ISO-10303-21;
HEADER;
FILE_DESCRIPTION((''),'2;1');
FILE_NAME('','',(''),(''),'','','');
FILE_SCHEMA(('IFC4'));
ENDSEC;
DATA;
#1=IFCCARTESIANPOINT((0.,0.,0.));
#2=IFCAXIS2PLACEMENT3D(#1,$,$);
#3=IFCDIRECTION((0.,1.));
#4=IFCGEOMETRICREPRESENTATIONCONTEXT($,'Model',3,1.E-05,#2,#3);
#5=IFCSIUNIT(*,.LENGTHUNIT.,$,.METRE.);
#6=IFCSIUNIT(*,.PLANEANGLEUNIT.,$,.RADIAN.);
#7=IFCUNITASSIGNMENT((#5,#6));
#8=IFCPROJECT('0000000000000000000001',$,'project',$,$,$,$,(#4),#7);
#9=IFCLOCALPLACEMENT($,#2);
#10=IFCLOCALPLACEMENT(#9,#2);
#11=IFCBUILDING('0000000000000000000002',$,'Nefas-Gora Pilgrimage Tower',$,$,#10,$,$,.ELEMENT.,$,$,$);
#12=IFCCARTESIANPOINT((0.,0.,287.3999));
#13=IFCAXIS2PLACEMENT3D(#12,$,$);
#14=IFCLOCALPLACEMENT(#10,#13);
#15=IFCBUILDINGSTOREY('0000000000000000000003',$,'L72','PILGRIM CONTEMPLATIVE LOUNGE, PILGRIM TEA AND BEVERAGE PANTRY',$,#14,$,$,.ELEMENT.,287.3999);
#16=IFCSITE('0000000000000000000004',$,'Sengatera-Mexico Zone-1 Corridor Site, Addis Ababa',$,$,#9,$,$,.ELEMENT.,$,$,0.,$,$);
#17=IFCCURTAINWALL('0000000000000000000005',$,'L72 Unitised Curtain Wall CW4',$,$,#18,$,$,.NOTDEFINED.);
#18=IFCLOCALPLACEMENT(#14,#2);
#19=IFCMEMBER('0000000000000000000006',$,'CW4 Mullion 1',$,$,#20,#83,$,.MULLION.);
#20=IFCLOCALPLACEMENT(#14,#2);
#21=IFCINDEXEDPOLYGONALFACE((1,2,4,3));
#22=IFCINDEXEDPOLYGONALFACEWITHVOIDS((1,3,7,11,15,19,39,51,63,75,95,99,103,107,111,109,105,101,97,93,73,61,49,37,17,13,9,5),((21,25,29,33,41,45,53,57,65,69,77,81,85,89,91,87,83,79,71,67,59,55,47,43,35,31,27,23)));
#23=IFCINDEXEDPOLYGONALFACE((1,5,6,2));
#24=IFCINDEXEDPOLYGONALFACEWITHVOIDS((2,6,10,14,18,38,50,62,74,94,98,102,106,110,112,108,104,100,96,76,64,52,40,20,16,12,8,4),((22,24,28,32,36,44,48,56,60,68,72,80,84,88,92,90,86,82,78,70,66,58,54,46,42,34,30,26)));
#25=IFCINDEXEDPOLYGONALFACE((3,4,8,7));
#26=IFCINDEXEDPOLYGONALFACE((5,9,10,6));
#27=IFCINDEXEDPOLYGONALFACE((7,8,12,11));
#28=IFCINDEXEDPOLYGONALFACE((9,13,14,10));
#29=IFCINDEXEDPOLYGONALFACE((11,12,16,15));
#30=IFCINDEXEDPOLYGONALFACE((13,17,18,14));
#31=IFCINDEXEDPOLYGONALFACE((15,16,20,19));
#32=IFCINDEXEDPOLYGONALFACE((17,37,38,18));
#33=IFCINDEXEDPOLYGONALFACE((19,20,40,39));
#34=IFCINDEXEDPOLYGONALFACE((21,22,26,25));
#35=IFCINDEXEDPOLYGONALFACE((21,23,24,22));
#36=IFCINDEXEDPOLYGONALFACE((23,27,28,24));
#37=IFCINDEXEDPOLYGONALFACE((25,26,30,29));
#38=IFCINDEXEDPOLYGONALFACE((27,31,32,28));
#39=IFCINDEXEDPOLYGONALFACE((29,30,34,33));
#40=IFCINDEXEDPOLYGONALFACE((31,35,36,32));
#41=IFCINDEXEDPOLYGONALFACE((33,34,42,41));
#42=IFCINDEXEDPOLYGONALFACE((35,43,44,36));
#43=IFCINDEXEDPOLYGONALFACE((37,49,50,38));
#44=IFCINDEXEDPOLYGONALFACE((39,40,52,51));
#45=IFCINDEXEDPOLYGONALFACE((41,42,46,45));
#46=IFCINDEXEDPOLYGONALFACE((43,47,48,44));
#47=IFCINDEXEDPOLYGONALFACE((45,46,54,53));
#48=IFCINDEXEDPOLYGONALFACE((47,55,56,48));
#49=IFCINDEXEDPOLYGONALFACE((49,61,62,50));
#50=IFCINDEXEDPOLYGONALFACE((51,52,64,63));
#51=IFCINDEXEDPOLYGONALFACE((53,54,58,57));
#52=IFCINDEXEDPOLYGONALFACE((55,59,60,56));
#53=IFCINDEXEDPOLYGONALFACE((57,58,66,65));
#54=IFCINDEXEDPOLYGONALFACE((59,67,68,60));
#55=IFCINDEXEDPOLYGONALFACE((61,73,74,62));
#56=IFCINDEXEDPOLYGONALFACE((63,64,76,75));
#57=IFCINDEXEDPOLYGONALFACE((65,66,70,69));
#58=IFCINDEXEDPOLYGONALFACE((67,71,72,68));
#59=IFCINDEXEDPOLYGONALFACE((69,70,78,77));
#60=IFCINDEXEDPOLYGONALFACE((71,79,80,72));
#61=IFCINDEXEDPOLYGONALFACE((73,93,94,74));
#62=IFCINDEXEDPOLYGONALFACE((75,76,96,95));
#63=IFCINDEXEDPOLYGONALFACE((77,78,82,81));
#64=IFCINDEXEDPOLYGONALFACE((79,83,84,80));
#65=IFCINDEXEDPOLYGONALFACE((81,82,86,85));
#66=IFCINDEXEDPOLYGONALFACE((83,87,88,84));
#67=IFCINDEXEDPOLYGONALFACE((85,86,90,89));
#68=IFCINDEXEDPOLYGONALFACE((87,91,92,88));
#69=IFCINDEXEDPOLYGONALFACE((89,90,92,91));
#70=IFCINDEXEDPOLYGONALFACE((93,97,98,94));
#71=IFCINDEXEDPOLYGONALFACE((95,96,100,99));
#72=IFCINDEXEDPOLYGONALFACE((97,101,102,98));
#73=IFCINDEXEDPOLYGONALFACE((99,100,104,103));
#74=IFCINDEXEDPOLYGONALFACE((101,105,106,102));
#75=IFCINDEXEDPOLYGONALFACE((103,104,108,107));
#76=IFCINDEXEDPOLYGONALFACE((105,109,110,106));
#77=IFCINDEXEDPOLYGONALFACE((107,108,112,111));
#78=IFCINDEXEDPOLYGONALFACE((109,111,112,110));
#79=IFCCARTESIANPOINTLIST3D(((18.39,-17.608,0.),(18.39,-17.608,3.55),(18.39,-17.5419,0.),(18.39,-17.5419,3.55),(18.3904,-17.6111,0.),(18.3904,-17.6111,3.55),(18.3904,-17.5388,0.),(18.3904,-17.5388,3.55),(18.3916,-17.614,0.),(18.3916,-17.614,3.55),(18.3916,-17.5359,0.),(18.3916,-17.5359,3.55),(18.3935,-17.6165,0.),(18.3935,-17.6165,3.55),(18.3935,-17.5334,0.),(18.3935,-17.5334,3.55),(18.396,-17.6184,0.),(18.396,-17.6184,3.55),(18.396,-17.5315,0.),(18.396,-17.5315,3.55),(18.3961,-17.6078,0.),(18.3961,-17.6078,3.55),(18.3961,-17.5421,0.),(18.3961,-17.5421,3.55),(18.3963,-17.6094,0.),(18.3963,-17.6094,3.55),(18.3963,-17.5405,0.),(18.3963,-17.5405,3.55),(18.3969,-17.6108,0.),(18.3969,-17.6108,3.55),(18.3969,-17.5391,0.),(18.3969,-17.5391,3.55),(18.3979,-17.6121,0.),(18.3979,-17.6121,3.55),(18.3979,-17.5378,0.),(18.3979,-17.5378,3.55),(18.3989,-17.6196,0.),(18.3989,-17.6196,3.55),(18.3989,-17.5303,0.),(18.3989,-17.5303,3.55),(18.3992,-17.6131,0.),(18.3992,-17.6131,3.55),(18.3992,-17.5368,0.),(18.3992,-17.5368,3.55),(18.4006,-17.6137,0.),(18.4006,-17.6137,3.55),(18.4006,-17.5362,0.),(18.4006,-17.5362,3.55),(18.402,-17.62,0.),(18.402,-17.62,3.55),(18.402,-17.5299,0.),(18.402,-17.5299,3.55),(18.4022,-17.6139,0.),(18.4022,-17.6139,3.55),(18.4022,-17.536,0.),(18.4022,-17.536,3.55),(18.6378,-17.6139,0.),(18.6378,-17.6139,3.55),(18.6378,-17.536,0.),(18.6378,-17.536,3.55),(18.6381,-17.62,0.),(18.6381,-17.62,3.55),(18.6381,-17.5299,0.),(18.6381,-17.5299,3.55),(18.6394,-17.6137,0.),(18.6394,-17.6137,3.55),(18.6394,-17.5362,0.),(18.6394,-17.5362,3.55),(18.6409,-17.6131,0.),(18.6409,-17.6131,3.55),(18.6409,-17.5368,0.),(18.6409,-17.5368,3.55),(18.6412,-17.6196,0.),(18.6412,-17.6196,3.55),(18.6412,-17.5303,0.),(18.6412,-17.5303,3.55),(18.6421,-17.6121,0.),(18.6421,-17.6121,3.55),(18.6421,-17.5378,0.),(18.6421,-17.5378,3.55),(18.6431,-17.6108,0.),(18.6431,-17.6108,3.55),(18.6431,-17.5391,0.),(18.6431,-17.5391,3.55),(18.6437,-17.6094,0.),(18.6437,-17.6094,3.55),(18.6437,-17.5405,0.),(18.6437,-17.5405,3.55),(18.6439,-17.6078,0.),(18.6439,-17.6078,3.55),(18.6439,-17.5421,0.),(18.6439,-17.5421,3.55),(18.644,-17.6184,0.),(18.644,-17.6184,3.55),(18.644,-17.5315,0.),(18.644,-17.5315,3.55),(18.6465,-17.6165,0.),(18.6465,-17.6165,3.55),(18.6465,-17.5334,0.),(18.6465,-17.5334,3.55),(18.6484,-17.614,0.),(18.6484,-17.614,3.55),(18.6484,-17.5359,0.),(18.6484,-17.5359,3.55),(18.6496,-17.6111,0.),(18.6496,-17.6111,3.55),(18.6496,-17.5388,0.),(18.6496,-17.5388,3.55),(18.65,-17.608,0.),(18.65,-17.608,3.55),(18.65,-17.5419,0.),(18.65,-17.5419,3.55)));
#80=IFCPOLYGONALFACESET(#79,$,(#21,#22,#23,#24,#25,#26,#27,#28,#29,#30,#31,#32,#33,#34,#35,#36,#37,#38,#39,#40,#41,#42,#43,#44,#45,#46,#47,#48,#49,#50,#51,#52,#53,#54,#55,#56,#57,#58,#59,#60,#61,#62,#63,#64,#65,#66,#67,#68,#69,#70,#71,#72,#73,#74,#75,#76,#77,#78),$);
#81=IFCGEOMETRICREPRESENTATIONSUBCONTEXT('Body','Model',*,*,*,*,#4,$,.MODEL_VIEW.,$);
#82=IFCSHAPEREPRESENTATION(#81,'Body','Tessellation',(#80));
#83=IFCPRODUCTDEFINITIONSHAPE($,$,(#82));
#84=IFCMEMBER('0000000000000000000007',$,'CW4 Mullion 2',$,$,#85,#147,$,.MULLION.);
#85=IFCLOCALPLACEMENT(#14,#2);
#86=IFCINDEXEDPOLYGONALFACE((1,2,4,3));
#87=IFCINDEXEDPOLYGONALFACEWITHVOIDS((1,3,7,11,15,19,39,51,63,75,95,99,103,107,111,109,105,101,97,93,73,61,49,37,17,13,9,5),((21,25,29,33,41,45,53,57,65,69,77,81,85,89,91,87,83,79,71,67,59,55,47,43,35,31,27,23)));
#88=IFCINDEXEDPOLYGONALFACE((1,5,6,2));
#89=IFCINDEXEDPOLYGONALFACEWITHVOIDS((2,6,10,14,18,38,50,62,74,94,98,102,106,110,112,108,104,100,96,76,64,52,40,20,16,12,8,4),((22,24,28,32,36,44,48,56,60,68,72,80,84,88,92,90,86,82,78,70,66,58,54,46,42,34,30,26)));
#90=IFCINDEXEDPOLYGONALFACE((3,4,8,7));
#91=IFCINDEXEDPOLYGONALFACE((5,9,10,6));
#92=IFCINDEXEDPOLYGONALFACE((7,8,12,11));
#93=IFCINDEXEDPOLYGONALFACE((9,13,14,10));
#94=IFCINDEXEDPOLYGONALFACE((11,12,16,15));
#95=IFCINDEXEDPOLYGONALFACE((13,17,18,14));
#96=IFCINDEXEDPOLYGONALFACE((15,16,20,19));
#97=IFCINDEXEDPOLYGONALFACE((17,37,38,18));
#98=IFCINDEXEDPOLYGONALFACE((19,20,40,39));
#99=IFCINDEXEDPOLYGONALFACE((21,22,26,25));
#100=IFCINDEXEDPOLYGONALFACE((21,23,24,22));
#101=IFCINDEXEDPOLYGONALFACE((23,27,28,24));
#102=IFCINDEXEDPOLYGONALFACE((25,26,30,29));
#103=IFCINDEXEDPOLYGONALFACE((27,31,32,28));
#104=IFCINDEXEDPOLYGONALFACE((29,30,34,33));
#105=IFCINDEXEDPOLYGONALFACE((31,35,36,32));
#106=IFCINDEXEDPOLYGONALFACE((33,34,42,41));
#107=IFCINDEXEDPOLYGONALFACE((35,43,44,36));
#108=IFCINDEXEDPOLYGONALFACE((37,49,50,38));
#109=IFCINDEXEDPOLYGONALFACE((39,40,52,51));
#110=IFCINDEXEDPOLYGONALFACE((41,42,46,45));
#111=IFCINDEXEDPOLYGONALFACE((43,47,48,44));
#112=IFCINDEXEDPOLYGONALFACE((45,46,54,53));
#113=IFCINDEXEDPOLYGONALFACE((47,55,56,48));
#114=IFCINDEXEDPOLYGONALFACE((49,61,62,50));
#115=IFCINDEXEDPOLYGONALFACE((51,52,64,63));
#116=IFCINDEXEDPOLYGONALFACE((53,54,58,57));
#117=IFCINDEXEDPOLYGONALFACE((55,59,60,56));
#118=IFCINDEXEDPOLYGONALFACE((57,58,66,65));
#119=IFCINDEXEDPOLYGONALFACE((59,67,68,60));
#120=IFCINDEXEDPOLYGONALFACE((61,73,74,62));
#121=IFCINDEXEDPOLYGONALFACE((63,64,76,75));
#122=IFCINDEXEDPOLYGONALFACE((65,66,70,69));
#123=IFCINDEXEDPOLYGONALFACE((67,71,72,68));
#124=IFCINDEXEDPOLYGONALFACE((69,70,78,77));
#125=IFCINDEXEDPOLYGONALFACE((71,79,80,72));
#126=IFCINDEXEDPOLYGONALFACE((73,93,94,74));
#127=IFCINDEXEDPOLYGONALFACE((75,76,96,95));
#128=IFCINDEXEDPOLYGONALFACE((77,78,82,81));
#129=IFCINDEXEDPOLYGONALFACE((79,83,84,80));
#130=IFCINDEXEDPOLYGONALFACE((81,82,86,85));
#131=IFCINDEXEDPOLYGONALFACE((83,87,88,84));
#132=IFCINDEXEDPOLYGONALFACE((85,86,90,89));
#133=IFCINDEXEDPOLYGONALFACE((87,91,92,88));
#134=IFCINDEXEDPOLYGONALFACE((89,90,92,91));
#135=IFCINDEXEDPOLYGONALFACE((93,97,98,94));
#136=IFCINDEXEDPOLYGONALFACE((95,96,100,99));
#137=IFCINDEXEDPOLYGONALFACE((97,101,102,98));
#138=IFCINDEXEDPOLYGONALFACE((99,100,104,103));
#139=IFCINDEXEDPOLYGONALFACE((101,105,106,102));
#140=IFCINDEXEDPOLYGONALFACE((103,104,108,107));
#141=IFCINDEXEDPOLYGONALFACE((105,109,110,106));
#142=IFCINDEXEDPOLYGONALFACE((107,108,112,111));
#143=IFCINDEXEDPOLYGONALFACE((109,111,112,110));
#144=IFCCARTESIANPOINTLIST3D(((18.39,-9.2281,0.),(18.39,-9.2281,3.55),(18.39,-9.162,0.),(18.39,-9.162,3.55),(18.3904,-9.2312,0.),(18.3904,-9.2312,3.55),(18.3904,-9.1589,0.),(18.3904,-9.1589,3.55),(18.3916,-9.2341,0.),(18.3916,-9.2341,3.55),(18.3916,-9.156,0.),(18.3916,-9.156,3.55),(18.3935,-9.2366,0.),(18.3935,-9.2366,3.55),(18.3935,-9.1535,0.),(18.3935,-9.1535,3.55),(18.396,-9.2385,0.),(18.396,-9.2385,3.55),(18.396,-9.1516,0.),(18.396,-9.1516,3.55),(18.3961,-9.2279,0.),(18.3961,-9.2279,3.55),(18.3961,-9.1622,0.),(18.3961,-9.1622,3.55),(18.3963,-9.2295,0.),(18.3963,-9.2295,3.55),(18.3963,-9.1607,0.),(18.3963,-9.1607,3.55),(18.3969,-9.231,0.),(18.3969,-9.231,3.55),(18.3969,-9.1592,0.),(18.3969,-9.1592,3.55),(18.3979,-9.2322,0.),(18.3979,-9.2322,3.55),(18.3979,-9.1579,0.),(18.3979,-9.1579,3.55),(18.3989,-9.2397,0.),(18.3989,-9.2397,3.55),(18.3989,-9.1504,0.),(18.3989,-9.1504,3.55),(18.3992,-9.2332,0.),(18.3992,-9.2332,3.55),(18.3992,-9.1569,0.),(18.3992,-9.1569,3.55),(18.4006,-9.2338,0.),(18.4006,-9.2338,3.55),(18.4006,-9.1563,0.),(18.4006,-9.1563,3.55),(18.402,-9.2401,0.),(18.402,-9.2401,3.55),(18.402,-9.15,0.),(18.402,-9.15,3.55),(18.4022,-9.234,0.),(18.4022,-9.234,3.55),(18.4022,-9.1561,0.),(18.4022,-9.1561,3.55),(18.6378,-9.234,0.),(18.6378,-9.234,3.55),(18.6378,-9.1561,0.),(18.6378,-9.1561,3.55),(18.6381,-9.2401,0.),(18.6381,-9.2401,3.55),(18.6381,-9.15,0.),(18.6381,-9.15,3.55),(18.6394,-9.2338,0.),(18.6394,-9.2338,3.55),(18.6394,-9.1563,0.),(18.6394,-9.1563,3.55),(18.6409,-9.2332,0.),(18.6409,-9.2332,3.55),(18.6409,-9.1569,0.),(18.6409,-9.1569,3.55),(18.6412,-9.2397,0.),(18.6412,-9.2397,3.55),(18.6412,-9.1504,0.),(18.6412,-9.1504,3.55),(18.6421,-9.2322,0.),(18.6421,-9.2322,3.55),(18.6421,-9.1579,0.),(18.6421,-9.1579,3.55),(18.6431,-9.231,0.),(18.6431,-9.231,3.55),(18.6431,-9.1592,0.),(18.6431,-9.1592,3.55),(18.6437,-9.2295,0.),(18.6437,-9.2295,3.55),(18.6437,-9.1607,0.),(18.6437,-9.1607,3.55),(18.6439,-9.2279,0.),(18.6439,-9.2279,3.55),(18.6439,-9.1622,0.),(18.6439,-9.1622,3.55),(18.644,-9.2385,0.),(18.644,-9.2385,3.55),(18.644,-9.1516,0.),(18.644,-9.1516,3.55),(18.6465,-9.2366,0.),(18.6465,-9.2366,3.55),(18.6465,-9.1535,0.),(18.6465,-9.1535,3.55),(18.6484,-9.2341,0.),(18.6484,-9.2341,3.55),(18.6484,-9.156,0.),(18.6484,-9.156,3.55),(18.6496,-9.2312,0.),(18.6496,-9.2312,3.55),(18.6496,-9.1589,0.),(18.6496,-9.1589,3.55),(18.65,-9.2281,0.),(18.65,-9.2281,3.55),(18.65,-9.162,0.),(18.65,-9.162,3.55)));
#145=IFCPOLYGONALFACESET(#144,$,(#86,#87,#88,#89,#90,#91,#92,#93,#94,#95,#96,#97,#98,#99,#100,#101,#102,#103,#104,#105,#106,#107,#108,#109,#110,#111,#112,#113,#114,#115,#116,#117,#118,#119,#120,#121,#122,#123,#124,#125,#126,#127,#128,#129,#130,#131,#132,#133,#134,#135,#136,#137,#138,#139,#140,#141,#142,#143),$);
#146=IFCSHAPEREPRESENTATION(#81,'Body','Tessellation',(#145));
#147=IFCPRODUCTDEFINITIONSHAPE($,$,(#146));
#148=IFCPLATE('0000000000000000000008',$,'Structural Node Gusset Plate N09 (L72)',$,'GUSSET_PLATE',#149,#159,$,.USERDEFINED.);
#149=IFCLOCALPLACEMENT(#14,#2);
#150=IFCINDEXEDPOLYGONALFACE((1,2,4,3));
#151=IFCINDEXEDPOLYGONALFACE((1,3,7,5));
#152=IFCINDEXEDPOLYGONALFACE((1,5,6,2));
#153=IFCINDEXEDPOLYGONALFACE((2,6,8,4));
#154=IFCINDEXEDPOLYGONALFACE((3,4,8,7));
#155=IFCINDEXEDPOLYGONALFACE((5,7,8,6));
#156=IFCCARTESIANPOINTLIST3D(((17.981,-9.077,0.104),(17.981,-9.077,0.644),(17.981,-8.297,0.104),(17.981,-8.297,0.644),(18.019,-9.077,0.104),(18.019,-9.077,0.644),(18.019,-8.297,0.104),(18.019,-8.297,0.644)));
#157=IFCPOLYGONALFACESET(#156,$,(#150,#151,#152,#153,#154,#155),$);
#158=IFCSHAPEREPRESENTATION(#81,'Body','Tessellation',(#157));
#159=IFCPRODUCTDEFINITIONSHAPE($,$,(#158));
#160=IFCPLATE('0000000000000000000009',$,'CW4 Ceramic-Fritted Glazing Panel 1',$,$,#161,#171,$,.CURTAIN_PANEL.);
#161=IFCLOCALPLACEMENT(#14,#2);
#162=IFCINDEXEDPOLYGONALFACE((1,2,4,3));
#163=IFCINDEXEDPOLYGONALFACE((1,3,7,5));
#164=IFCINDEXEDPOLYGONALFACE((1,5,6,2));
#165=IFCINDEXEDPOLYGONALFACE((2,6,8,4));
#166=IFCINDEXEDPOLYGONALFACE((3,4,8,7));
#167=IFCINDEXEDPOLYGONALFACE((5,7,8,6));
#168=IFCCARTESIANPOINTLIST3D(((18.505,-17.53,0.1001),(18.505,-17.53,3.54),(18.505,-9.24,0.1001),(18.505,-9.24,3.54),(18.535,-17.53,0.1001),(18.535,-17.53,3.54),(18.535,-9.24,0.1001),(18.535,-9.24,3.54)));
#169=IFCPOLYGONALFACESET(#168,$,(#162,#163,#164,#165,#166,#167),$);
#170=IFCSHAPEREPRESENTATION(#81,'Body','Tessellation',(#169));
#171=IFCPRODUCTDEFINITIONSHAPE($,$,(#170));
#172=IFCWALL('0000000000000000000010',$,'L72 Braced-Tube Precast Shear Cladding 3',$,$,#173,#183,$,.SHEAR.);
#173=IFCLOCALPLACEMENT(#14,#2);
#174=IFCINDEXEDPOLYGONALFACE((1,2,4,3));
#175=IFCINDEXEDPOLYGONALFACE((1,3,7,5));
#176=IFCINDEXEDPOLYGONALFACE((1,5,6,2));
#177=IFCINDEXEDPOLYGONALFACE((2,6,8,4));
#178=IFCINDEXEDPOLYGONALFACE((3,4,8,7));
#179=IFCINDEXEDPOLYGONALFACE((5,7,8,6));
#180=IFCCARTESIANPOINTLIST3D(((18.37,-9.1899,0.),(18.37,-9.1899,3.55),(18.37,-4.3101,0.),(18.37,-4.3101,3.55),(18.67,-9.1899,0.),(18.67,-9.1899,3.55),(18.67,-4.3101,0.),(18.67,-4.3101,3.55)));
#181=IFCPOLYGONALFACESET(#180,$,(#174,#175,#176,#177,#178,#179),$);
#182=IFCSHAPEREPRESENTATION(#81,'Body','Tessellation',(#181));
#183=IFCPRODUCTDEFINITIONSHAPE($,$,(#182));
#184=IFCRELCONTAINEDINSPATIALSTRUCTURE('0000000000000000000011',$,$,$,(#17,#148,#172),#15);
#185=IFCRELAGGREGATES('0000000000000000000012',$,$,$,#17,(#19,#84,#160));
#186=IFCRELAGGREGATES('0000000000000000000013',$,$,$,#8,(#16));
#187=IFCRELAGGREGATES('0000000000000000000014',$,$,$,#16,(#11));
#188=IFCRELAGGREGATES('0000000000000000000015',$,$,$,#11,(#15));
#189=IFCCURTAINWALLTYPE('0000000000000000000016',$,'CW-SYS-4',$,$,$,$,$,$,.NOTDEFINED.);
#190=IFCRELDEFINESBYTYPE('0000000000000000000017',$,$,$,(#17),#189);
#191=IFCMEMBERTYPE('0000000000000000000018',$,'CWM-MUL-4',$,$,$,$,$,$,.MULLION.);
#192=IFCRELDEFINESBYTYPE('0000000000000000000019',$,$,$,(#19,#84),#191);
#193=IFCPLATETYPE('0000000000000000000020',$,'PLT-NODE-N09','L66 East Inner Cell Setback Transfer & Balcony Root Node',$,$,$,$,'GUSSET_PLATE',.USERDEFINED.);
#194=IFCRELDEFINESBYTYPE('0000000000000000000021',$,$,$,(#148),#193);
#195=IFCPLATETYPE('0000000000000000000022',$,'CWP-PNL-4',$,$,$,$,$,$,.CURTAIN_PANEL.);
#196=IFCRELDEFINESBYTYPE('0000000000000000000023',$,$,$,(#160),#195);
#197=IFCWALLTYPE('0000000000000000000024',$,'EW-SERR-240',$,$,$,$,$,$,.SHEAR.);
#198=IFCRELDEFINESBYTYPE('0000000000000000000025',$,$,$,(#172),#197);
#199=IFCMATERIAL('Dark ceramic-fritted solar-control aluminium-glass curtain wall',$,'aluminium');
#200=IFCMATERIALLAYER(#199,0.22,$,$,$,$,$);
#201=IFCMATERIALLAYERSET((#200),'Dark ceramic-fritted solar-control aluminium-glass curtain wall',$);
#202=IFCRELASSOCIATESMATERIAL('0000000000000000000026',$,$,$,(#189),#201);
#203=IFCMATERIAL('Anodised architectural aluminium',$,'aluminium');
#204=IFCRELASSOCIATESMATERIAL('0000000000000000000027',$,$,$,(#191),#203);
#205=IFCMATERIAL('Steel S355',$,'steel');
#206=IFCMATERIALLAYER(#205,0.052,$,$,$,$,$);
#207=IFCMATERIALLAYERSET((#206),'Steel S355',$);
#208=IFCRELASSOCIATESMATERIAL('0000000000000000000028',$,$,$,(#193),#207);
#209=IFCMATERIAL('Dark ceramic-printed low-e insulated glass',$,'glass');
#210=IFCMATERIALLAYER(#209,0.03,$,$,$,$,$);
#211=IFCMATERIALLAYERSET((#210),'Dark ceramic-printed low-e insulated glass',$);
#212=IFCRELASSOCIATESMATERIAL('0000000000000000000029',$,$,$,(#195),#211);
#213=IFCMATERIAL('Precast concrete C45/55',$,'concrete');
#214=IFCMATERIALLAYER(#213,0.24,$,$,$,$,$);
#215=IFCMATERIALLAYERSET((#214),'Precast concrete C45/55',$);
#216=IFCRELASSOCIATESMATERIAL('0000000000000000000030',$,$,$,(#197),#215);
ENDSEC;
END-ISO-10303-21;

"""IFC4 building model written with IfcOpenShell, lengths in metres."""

from ifc_helpers import new_model, si_unit, direction, frame, frame_2d, origin, origin_2d, place, context, subcontext, project, spatial, rectangle, hollow_rectangle, extrude, source, transform, mapped, material, layer, layer_set, material_profile, profile_set, type_object, element, aggregate, save


model = new_model("IFC4")

# Units and contexts
model_context = context("Model", 3, precision=1e-05, world=origin(), true_north=direction((0.0, 1.0)))
body_context = subcontext(model_context, "Body", "Model", "MODEL_VIEW")
ifc_project = project(units=[si_unit("LENGTHUNIT", "METRE"), si_unit("PLANEANGLEUNIT", "RADIAN")], contexts=[model_context])

# Site, building, storey
site_placement = place(None, origin())
site = spatial("IfcSite", under=ifc_project, at=site_placement, Name="Sengatera-Mexico Zone-1 Corridor Site, Addis Ababa", CompositionType="ELEMENT", RefElevation=0.0)
building_placement = place(site_placement, origin())
building = spatial("IfcBuilding", under=site, at=building_placement, Name="Nefas-Gora Pilgrimage Tower", CompositionType="ELEMENT")
storey_placement = place(building_placement, frame((0.0, 0.0, 287.3999)))
storey = spatial("IfcBuildingStorey", under=building, at=storey_placement, Name="L72", Description="PILGRIM CONTEMPLATIVE LOUNGE, PILGRIM TEA AND BEVERAGE PANTRY", CompositionType="ELEMENT", Elevation=287.3999)

# Shared definitions
ifc_material_1 = material(Name="Steel S355", Category="steel")

# Curtain wall, members
ifc_material_2 = material(Name="Dark ceramic-fritted solar-control aluminium-glass curtain wall", Category="aluminium")
ifc_layer_1 = layer(ifc_material_2, 0.22)
ifc_layer_set_1 = layer_set([ifc_layer_1], Name="Dark ceramic-fritted solar-control aluminium-glass curtain wall")
curtain_wall_type = type_object("IfcCurtainWallType", Name="CW-SYS-4", PredefinedType="NOTDEFINED", material=ifc_layer_set_1)
curtain_wall_placement = place(storey_placement, origin())
curtain_wall = element("IfcCurtainWall", 1, at=curtain_wall_placement, inside=storey, type_object=curtain_wall_type, Name="L72 Unitised Curtain Wall CW4", PredefinedType="NOTDEFINED")
ifc_material_3 = material(Name="Anodised architectural aluminium", Category="aluminium")
ifc_material_profile_1 = material_profile(ifc_material_3, hollow_rectangle(XDim=0.0901, YDim=0.26, WallThickness=0.0061, InnerFilletRadius=0.0061, OuterFilletRadius=0.012, at=origin_2d()), Name="ALU MULLION 90x260")
ifc_profile_set_1 = profile_set([ifc_material_profile_1], Name="Anodised architectural aluminium")
member_type_1 = type_object("IfcMemberType", Name="CWM-MUL-4", PredefinedType="MULLION", material=ifc_profile_set_1)
shared_shape_1 = source(origin(), body_context, "Body", "SweptSolid", [
    extrude(hollow_rectangle(XDim=0.0901, YDim=0.26, WallThickness=0.0061, InnerFilletRadius=0.0061, OuterFilletRadius=0.012, at=origin_2d()), origin(), (0.0, 0.0, 1.0), 3.55),
])
member_1_placement = place(storey_placement, frame((18.52, -17.575, 0.0), z_axis=(0.0, 0.0, 1.0), x_axis=(0.0, 1.0, 0.0)))
member_1 = element("IfcMember", 2, at=member_1_placement, type_object=member_type_1, Name="CW4 Mullion 1", PredefinedType="MULLION", context=body_context, shape_type="MappedRepresentation", body=[
    mapped(shared_shape_1, transform((0.0, 0.0, 0.0), x_axis=(1.0, 0.0, 0.0), y_axis=(0.0, 1.0, 0.0), z_axis=(0.0, 0.0, 1.0), scale=1.0)),
])
member_2_placement = place(storey_placement, frame((18.52, -9.1951, 0.0), z_axis=(0.0, 0.0, 1.0), x_axis=(0.0, 1.0, 0.0)))
member_2 = element("IfcMember", 3, at=member_2_placement, type_object=member_type_1, Name="CW4 Mullion 2", PredefinedType="MULLION", context=body_context, shape_type="MappedRepresentation", body=[
    mapped(shared_shape_1, transform((0.0, 0.0, 0.0), x_axis=(1.0, 0.0, 0.0), y_axis=(0.0, 1.0, 0.0), z_axis=(0.0, 0.0, 1.0), scale=1.0)),
])

# Plates
ifc_layer_2 = layer(ifc_material_1, 0.052)
ifc_layer_set_2 = layer_set([ifc_layer_2], Name="Steel S355")
plate_type_1 = type_object("IfcPlateType", Name="PLT-NODE-N09", Description="L66 East Inner Cell Setback Transfer & Balcony Root Node", ElementType="GUSSET_PLATE", PredefinedType="USERDEFINED", material=ifc_layer_set_2)
shared_shape_2 = source(origin(), body_context, "Body", "SweptSolid", [
    extrude(rectangle(XDim=0.78, YDim=0.0381, at=origin_2d()), origin(), (0.0, 0.0, 1.0), 0.54),
])
plate_1_placement = place(storey_placement, frame((18.0, -8.687, 0.104), z_axis=(0.0, 0.0, 1.0), x_axis=(0.0, 1.0, 0.0)))
element("IfcPlate", 4, at=plate_1_placement, inside=storey, type_object=plate_type_1, Name="Structural Node Gusset Plate N09 (L72)", ObjectType="GUSSET_PLATE", PredefinedType="USERDEFINED", context=body_context, shape_type="MappedRepresentation", body=[
    mapped(shared_shape_2, transform((0.0, 0.0, 0.0), x_axis=(1.0, 0.0, 0.0), y_axis=(0.0, 1.0, 0.0), z_axis=(0.0, 0.0, 1.0), scale=1.0)),
])
ifc_material_4 = material(Name="Dark ceramic-printed low-e insulated glass", Category="glass")
ifc_layer_3 = layer(ifc_material_4, 0.03)
ifc_layer_set_3 = layer_set([ifc_layer_3], Name="Dark ceramic-printed low-e insulated glass")
plate_type_2 = type_object("IfcPlateType", Name="CWP-PNL-4", PredefinedType="CURTAIN_PANEL", material=ifc_layer_set_3)
shared_shape_3 = source(origin(), body_context, "Body", "SweptSolid", [
    extrude(rectangle(XDim=8.29, YDim=0.03, at=origin_2d()), origin(), (0.0, 0.0, 1.0), 3.4399),
])
plate_2_placement = place(storey_placement, frame((18.52, -13.385, 0.1001), z_axis=(0.0, 0.0, 1.0), x_axis=(0.0, 1.0, 0.0)))
plate_2 = element("IfcPlate", 5, at=plate_2_placement, type_object=plate_type_2, Name="CW4 Ceramic-Fritted Glazing Panel 1", PredefinedType="CURTAIN_PANEL", context=body_context, shape_type="MappedRepresentation", body=[
    mapped(shared_shape_3, transform((0.0, 0.0, 0.0), x_axis=(1.0, 0.0, 0.0), y_axis=(0.0, 1.0, 0.0), z_axis=(0.0, 0.0, 1.0), scale=1.0)),
])
aggregate(curtain_wall, [member_1, member_2, plate_2])

# Wall
ifc_material_5 = material(Name="Precast concrete C45/55", Category="concrete")
ifc_layer_4 = layer(ifc_material_5, 0.24)
ifc_layer_set_4 = layer_set([ifc_layer_4], Name="Precast concrete C45/55")
wall_type_1 = type_object("IfcWallType", Name="EW-SERR-240", PredefinedType="SHEAR", material=ifc_layer_set_4)
shared_shape_4 = source(origin(), body_context, "Body", "SweptSolid", [
    extrude(rectangle(XDim=4.8799, YDim=0.3, at=frame_2d((2.4399, 0.0))), origin(), (0.0, 0.0, 1.0), 3.55),
])
wall_1_placement = place(storey_placement, frame((18.52, -9.1899, 0.0), z_axis=(0.0, 0.0, 1.0), x_axis=(0.0, 1.0, 0.0)))
element("IfcWall", 6, at=wall_1_placement, inside=storey, type_object=wall_type_1, Name="L72 Braced-Tube Precast Shear Cladding 3", PredefinedType="SHEAR", context=body_context, shape_type="MappedRepresentation", body=[
    mapped(shared_shape_4, transform((0.0, 0.0, 0.0), x_axis=(1.0, 0.0, 0.0), y_axis=(0.0, 1.0, 0.0), z_axis=(0.0, 0.0, 1.0), scale=1.0)),
])

save(model, "model.ifc")
